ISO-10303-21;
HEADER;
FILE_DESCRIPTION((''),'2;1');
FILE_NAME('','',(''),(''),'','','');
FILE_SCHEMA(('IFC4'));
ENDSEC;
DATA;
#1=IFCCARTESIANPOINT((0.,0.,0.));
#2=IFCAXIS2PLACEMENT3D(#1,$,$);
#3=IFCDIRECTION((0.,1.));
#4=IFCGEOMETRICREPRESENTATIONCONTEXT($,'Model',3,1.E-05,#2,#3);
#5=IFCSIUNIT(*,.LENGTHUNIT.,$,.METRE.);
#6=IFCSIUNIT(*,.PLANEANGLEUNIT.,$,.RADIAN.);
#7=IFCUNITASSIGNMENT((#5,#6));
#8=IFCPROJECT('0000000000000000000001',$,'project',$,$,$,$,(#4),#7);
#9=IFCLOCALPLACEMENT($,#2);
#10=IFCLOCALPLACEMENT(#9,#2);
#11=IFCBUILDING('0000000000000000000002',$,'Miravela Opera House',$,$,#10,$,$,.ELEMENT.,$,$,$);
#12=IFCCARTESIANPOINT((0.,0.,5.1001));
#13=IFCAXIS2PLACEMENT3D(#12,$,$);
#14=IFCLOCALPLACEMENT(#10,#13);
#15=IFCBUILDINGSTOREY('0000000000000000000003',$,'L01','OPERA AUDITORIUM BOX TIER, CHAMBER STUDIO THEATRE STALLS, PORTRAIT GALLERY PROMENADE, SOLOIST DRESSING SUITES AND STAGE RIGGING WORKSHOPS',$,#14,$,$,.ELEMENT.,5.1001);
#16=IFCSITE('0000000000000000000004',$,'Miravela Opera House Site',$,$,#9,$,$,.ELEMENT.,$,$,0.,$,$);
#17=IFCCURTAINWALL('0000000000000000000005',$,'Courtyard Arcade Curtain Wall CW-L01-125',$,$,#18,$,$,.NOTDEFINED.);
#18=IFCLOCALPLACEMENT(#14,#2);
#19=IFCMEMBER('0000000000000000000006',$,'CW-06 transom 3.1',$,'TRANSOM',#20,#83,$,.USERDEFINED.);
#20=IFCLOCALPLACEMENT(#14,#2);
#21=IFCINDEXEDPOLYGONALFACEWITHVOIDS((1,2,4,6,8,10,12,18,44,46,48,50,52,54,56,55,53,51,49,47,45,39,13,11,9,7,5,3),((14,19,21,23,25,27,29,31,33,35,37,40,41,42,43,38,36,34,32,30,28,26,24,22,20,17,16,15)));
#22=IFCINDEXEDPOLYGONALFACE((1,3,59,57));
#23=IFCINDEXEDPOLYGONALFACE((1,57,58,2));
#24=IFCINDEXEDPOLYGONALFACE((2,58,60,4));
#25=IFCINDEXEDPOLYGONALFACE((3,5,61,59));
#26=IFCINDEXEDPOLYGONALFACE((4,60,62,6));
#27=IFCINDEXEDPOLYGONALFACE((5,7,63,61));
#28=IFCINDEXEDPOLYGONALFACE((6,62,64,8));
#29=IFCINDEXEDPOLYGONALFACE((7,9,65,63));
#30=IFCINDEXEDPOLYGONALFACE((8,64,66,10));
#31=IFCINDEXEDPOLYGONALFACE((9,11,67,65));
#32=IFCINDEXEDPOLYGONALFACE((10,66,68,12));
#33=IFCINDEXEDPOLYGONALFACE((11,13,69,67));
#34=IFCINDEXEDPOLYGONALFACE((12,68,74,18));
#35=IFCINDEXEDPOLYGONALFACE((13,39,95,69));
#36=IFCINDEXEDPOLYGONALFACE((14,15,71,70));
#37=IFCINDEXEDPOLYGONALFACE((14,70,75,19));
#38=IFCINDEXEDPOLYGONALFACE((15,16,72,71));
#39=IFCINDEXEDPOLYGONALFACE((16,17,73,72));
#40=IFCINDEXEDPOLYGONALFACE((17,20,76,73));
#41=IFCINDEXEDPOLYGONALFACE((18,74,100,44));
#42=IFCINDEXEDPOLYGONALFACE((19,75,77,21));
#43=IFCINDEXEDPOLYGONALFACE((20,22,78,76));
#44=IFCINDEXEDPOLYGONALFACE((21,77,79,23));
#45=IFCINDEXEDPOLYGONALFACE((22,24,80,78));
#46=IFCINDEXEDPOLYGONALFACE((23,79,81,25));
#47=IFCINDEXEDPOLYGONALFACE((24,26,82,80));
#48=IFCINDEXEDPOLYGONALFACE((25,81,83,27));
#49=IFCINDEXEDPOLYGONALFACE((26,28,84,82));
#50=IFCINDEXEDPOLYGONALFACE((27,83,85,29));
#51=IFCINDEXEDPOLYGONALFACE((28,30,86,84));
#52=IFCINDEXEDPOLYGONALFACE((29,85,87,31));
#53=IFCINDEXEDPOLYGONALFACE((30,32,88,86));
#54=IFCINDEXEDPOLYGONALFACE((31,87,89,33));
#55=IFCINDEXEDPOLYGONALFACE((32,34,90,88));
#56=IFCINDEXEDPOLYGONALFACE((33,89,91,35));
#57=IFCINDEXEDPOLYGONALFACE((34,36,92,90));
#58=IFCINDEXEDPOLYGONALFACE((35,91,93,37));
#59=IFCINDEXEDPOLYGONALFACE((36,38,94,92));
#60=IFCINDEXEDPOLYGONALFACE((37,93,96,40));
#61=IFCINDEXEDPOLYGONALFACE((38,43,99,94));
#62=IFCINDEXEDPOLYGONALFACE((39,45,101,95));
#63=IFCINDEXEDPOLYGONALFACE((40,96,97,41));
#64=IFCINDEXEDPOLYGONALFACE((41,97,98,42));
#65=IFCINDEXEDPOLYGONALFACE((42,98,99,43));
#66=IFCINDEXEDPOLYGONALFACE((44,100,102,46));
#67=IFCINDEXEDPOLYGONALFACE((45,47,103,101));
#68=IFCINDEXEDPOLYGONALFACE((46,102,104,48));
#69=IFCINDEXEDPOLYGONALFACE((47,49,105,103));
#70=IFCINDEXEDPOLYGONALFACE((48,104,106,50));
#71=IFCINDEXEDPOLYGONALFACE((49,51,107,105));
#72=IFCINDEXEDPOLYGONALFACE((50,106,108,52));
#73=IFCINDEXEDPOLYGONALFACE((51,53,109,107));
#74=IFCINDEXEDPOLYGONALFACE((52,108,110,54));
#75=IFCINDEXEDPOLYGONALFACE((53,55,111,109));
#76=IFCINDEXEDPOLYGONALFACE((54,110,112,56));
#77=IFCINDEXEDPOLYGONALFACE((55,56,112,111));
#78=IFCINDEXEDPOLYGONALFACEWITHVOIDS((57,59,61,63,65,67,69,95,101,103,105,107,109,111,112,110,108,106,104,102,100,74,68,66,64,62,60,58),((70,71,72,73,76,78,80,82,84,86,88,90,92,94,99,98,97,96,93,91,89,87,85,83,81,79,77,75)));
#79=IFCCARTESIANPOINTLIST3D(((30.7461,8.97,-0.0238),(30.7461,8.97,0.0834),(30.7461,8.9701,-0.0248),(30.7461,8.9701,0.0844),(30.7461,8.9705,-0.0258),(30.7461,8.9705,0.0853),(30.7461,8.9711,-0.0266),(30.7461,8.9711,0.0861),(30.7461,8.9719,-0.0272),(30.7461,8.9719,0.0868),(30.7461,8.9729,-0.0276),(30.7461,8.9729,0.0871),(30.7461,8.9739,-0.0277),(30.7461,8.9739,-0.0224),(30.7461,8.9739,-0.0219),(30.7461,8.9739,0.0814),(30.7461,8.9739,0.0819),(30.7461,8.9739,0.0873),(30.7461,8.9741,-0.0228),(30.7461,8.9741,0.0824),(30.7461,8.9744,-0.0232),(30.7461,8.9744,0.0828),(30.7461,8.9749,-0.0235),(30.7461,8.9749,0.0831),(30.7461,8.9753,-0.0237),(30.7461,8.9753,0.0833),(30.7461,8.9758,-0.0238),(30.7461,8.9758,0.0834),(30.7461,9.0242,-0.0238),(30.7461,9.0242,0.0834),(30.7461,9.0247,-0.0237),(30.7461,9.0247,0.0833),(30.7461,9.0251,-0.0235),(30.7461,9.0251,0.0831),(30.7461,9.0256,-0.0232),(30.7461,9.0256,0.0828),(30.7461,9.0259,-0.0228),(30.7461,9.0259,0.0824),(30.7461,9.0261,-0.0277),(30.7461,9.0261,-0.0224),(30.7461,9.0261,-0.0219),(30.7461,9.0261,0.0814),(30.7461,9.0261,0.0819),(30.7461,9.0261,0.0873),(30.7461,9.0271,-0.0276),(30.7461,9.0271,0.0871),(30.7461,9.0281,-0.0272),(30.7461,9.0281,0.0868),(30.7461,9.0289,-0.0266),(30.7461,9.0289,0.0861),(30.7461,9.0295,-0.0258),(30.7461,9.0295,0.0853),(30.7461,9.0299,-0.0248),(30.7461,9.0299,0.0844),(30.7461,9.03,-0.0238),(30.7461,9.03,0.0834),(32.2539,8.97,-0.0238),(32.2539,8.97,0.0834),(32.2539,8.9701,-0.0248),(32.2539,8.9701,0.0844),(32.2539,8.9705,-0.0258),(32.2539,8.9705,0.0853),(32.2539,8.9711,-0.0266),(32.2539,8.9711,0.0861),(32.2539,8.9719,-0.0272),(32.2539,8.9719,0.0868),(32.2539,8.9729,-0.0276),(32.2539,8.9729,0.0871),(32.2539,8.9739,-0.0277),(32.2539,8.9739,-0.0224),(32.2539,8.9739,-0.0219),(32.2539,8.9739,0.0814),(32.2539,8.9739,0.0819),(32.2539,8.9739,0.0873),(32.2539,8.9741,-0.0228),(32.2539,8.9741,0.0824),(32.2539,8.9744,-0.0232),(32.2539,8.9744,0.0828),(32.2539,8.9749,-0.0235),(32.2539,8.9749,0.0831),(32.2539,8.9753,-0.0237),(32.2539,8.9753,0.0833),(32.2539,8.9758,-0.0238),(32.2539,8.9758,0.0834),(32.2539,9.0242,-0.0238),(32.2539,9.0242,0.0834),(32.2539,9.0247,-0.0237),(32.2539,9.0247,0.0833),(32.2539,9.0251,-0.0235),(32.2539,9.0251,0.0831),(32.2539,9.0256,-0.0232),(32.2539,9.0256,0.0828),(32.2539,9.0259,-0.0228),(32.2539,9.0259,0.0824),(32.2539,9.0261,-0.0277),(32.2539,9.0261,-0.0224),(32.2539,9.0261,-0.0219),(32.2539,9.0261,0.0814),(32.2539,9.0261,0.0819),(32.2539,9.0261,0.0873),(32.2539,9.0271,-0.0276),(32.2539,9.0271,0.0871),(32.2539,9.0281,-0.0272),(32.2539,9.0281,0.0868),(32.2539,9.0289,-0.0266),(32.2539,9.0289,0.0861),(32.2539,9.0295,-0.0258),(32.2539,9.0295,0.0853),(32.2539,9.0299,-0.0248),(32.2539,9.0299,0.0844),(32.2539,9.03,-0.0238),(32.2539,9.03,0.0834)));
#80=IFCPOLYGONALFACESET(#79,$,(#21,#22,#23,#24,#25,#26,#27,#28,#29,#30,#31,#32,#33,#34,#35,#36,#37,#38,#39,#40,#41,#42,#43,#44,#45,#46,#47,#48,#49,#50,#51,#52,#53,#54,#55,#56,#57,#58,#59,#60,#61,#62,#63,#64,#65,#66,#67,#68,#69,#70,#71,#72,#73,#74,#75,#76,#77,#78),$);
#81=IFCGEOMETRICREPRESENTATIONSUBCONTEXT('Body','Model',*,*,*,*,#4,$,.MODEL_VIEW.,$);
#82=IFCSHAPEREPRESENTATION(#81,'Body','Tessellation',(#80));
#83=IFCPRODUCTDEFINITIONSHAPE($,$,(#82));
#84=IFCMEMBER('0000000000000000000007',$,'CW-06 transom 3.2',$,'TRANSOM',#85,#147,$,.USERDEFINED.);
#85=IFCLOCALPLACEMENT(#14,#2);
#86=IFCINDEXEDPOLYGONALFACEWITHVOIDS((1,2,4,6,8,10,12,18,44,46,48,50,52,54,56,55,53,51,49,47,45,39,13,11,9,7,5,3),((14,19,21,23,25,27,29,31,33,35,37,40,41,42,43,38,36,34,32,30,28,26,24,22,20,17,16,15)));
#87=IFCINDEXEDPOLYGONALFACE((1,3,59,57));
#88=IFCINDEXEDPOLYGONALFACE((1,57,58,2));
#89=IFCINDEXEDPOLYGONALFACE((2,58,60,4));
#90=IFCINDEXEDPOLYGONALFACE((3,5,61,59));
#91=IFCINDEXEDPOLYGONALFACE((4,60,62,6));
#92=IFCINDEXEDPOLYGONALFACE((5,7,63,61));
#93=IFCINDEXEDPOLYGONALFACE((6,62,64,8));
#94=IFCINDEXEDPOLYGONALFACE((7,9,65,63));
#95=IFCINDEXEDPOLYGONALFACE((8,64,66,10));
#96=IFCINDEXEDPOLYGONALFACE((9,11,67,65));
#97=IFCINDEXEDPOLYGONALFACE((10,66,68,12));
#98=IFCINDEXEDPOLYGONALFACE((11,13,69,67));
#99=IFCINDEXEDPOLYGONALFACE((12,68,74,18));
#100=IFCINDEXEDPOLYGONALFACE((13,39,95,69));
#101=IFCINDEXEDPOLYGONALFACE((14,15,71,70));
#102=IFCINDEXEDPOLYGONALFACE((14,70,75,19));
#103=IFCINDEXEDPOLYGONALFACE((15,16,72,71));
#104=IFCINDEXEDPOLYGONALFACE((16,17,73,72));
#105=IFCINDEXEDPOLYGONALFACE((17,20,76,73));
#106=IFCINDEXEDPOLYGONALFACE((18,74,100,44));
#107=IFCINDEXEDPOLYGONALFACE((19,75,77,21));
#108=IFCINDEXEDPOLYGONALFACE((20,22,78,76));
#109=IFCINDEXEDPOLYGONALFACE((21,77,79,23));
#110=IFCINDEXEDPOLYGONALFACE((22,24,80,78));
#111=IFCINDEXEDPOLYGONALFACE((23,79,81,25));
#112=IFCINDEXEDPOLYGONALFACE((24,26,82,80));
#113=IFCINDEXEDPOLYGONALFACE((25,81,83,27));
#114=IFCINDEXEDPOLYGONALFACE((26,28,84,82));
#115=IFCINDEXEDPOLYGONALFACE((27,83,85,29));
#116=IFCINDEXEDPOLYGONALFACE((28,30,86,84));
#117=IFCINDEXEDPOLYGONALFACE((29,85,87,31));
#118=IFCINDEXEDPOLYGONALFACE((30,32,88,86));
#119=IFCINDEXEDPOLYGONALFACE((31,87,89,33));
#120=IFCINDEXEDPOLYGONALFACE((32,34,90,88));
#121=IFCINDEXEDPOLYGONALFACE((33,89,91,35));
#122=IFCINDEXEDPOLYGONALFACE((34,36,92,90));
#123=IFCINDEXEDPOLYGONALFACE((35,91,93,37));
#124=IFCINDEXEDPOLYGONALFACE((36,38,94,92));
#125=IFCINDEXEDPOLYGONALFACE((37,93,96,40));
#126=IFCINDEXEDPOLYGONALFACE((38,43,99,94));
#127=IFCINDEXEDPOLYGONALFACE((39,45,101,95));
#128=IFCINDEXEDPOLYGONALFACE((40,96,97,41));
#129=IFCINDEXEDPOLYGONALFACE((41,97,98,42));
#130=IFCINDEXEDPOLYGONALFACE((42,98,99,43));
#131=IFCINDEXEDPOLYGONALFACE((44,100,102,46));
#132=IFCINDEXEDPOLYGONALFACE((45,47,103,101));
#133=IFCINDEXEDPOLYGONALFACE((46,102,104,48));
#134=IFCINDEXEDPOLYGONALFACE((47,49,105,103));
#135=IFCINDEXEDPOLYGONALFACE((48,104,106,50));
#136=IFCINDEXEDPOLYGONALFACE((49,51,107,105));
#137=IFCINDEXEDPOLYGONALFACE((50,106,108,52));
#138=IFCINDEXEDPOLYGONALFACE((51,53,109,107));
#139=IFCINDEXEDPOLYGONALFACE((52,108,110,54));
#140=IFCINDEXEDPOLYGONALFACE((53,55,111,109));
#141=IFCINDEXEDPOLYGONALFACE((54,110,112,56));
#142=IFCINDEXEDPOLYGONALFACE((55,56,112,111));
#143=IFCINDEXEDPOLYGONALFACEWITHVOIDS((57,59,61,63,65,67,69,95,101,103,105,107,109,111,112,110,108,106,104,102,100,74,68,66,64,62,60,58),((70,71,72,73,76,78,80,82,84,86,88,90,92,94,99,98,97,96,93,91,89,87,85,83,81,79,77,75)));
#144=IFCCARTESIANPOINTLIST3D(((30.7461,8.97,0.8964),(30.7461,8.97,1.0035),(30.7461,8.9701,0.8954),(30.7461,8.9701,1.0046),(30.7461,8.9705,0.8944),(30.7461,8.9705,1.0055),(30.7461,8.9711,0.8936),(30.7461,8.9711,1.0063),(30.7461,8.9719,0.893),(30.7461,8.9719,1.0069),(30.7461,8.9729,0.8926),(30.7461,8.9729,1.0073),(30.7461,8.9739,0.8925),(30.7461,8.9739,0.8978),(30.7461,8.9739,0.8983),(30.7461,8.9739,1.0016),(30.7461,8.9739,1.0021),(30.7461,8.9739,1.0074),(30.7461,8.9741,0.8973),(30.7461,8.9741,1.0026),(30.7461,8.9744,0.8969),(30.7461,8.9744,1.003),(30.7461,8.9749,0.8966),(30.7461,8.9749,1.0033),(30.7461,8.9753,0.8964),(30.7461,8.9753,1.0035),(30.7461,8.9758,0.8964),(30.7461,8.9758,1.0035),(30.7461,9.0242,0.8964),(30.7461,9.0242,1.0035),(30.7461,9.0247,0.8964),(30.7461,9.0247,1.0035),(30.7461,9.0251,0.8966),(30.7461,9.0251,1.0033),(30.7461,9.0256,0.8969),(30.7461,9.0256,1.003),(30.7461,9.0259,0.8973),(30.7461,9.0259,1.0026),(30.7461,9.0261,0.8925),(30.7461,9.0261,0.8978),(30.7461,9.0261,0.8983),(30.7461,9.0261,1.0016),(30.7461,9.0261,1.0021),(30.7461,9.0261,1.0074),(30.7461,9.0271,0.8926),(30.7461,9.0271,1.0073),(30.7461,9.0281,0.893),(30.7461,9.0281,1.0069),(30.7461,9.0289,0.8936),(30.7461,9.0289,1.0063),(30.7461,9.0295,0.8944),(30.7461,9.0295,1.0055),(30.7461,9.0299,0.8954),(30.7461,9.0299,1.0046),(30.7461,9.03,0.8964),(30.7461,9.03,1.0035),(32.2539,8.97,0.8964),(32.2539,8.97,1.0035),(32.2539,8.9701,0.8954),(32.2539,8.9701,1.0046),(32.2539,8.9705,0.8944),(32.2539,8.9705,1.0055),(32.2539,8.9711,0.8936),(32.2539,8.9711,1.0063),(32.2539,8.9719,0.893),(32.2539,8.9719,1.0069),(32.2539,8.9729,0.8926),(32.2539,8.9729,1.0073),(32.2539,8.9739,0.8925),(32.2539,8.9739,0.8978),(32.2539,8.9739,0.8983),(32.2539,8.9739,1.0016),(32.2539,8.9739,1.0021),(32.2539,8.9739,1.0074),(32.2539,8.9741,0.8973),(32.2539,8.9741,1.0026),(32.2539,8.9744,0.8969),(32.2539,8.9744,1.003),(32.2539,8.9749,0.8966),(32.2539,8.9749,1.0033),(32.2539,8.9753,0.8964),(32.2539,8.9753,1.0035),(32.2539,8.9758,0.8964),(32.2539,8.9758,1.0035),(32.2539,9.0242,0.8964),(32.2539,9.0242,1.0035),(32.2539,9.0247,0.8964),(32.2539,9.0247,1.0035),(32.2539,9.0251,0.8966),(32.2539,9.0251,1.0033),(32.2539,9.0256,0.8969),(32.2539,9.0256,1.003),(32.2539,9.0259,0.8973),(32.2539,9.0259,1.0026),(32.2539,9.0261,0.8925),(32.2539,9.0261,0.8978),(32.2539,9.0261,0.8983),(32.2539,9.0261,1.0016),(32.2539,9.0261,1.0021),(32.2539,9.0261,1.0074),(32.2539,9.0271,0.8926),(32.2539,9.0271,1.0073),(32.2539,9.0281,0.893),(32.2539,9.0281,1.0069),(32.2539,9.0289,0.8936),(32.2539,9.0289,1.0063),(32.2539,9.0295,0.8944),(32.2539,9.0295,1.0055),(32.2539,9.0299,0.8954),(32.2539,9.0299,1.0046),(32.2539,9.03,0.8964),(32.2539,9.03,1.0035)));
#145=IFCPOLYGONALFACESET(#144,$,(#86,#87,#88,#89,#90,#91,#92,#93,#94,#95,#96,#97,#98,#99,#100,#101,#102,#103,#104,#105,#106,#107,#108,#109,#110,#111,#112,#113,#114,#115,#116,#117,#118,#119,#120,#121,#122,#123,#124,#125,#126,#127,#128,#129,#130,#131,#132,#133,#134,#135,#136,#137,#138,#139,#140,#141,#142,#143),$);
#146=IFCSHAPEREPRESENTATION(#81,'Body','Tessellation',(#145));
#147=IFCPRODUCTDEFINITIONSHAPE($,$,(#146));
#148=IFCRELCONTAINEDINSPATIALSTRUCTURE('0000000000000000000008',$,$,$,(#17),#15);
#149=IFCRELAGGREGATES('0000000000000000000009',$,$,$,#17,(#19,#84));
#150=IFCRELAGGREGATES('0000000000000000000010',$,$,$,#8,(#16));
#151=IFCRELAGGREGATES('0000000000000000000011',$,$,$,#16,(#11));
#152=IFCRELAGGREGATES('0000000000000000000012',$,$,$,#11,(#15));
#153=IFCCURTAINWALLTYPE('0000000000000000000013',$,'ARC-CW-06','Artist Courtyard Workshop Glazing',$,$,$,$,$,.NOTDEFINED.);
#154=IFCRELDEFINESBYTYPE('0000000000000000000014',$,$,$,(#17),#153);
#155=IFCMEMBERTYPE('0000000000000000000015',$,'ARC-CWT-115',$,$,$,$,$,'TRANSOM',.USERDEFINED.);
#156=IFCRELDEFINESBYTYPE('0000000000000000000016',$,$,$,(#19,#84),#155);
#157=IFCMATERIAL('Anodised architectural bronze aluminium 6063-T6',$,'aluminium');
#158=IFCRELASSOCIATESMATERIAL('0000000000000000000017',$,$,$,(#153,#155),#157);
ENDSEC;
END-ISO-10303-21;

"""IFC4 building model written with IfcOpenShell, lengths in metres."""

from ifc_helpers import new_model, si_unit, direction, frame, origin, origin_2d, place, context, subcontext, project, spatial, hollow_rectangle, extrude, material, material_profile, profile_set, type_object, element, aggregate, save


model = new_model("IFC4")

# Units and contexts
model_context = context("Model", 3, precision=1e-05, world=origin(), true_north=direction((0.0, 1.0)))
body_context = subcontext(model_context, "Body", "Model", "MODEL_VIEW")
ifc_project = project(units=[si_unit("LENGTHUNIT", "METRE"), si_unit("PLANEANGLEUNIT", "RADIAN")], contexts=[model_context])

# Site, building, storey
site_placement = place(None, origin())
site = spatial("IfcSite", under=ifc_project, at=site_placement, Name="Miravela Opera House Site", CompositionType="ELEMENT", RefElevation=0.0)
building_placement = place(site_placement, origin())
building = spatial("IfcBuilding", under=site, at=building_placement, Name="Miravela Opera House", CompositionType="ELEMENT")
storey_placement = place(building_placement, frame((0.0, 0.0, 5.1001)))
storey = spatial("IfcBuildingStorey", under=building, at=storey_placement, Name="L01", Description="OPERA AUDITORIUM BOX TIER, CHAMBER STUDIO THEATRE STALLS, PORTRAIT GALLERY PROMENADE, SOLOIST DRESSING SUITES AND STAGE RIGGING WORKSHOPS", CompositionType="ELEMENT", Elevation=5.1001)

# Curtain wall, members
ifc_material_1 = material(Name="Anodised architectural bronze aluminium 6063-T6", Category="aluminium")
curtain_wall_type = type_object("IfcCurtainWallType", Name="ARC-CW-06", Description="Artist Courtyard Workshop Glazing", PredefinedType="NOTDEFINED", material=ifc_material_1)
curtain_wall_placement = place(storey_placement, origin())
curtain_wall = element("IfcCurtainWall", 1, at=curtain_wall_placement, inside=storey, type_object=curtain_wall_type, Name="Courtyard Arcade Curtain Wall CW-L01-125", PredefinedType="NOTDEFINED")
ifc_material_profile_1 = material_profile(ifc_material_1, hollow_rectangle(XDim=0.0601, YDim=0.115, WallThickness=0.0039, InnerFilletRadius=0.002, OuterFilletRadius=0.0039, at=origin_2d()), Name="CWT-60X115")
ifc_profile_set_1 = profile_set([ifc_material_profile_1])
member_type_1 = type_object("IfcMemberType", Name="ARC-CWT-115", ElementType="TRANSOM", PredefinedType="USERDEFINED", material=ifc_profile_set_1)
member_1_placement = place(storey_placement, frame((30.7461, 9.0, 0.0298), z_axis=(1.0, 0.0, 0.0), x_axis=(0.0, 1.0, 0.0)))
member_1 = element("IfcMember", 2, at=member_1_placement, type_object=member_type_1, Name="CW-06 transom 3.1", ObjectType="TRANSOM", PredefinedType="USERDEFINED", context=body_context, shape_type="SweptSolid", body=[
    extrude(hollow_rectangle(XDim=0.0601, YDim=0.115, WallThickness=0.0039, InnerFilletRadius=0.002, OuterFilletRadius=0.0039, at=origin_2d()), origin(), (0.0, 0.0, 1.0), 1.5078),
])
member_2_placement = place(storey_placement, frame((30.7461, 9.0, 0.95), z_axis=(1.0, 0.0, 0.0), x_axis=(0.0, 1.0, 0.0)))
member_2 = element("IfcMember", 3, at=member_2_placement, type_object=member_type_1, Name="CW-06 transom 3.2", ObjectType="TRANSOM", PredefinedType="USERDEFINED", context=body_context, shape_type="SweptSolid", body=[
    extrude(hollow_rectangle(XDim=0.0601, YDim=0.115, WallThickness=0.0039, InnerFilletRadius=0.002, OuterFilletRadius=0.0039, at=origin_2d()), origin(), (0.0, 0.0, 1.0), 1.5078),
])

aggregate(curtain_wall, [member_1, member_2])

save(model, "model.ifc")
